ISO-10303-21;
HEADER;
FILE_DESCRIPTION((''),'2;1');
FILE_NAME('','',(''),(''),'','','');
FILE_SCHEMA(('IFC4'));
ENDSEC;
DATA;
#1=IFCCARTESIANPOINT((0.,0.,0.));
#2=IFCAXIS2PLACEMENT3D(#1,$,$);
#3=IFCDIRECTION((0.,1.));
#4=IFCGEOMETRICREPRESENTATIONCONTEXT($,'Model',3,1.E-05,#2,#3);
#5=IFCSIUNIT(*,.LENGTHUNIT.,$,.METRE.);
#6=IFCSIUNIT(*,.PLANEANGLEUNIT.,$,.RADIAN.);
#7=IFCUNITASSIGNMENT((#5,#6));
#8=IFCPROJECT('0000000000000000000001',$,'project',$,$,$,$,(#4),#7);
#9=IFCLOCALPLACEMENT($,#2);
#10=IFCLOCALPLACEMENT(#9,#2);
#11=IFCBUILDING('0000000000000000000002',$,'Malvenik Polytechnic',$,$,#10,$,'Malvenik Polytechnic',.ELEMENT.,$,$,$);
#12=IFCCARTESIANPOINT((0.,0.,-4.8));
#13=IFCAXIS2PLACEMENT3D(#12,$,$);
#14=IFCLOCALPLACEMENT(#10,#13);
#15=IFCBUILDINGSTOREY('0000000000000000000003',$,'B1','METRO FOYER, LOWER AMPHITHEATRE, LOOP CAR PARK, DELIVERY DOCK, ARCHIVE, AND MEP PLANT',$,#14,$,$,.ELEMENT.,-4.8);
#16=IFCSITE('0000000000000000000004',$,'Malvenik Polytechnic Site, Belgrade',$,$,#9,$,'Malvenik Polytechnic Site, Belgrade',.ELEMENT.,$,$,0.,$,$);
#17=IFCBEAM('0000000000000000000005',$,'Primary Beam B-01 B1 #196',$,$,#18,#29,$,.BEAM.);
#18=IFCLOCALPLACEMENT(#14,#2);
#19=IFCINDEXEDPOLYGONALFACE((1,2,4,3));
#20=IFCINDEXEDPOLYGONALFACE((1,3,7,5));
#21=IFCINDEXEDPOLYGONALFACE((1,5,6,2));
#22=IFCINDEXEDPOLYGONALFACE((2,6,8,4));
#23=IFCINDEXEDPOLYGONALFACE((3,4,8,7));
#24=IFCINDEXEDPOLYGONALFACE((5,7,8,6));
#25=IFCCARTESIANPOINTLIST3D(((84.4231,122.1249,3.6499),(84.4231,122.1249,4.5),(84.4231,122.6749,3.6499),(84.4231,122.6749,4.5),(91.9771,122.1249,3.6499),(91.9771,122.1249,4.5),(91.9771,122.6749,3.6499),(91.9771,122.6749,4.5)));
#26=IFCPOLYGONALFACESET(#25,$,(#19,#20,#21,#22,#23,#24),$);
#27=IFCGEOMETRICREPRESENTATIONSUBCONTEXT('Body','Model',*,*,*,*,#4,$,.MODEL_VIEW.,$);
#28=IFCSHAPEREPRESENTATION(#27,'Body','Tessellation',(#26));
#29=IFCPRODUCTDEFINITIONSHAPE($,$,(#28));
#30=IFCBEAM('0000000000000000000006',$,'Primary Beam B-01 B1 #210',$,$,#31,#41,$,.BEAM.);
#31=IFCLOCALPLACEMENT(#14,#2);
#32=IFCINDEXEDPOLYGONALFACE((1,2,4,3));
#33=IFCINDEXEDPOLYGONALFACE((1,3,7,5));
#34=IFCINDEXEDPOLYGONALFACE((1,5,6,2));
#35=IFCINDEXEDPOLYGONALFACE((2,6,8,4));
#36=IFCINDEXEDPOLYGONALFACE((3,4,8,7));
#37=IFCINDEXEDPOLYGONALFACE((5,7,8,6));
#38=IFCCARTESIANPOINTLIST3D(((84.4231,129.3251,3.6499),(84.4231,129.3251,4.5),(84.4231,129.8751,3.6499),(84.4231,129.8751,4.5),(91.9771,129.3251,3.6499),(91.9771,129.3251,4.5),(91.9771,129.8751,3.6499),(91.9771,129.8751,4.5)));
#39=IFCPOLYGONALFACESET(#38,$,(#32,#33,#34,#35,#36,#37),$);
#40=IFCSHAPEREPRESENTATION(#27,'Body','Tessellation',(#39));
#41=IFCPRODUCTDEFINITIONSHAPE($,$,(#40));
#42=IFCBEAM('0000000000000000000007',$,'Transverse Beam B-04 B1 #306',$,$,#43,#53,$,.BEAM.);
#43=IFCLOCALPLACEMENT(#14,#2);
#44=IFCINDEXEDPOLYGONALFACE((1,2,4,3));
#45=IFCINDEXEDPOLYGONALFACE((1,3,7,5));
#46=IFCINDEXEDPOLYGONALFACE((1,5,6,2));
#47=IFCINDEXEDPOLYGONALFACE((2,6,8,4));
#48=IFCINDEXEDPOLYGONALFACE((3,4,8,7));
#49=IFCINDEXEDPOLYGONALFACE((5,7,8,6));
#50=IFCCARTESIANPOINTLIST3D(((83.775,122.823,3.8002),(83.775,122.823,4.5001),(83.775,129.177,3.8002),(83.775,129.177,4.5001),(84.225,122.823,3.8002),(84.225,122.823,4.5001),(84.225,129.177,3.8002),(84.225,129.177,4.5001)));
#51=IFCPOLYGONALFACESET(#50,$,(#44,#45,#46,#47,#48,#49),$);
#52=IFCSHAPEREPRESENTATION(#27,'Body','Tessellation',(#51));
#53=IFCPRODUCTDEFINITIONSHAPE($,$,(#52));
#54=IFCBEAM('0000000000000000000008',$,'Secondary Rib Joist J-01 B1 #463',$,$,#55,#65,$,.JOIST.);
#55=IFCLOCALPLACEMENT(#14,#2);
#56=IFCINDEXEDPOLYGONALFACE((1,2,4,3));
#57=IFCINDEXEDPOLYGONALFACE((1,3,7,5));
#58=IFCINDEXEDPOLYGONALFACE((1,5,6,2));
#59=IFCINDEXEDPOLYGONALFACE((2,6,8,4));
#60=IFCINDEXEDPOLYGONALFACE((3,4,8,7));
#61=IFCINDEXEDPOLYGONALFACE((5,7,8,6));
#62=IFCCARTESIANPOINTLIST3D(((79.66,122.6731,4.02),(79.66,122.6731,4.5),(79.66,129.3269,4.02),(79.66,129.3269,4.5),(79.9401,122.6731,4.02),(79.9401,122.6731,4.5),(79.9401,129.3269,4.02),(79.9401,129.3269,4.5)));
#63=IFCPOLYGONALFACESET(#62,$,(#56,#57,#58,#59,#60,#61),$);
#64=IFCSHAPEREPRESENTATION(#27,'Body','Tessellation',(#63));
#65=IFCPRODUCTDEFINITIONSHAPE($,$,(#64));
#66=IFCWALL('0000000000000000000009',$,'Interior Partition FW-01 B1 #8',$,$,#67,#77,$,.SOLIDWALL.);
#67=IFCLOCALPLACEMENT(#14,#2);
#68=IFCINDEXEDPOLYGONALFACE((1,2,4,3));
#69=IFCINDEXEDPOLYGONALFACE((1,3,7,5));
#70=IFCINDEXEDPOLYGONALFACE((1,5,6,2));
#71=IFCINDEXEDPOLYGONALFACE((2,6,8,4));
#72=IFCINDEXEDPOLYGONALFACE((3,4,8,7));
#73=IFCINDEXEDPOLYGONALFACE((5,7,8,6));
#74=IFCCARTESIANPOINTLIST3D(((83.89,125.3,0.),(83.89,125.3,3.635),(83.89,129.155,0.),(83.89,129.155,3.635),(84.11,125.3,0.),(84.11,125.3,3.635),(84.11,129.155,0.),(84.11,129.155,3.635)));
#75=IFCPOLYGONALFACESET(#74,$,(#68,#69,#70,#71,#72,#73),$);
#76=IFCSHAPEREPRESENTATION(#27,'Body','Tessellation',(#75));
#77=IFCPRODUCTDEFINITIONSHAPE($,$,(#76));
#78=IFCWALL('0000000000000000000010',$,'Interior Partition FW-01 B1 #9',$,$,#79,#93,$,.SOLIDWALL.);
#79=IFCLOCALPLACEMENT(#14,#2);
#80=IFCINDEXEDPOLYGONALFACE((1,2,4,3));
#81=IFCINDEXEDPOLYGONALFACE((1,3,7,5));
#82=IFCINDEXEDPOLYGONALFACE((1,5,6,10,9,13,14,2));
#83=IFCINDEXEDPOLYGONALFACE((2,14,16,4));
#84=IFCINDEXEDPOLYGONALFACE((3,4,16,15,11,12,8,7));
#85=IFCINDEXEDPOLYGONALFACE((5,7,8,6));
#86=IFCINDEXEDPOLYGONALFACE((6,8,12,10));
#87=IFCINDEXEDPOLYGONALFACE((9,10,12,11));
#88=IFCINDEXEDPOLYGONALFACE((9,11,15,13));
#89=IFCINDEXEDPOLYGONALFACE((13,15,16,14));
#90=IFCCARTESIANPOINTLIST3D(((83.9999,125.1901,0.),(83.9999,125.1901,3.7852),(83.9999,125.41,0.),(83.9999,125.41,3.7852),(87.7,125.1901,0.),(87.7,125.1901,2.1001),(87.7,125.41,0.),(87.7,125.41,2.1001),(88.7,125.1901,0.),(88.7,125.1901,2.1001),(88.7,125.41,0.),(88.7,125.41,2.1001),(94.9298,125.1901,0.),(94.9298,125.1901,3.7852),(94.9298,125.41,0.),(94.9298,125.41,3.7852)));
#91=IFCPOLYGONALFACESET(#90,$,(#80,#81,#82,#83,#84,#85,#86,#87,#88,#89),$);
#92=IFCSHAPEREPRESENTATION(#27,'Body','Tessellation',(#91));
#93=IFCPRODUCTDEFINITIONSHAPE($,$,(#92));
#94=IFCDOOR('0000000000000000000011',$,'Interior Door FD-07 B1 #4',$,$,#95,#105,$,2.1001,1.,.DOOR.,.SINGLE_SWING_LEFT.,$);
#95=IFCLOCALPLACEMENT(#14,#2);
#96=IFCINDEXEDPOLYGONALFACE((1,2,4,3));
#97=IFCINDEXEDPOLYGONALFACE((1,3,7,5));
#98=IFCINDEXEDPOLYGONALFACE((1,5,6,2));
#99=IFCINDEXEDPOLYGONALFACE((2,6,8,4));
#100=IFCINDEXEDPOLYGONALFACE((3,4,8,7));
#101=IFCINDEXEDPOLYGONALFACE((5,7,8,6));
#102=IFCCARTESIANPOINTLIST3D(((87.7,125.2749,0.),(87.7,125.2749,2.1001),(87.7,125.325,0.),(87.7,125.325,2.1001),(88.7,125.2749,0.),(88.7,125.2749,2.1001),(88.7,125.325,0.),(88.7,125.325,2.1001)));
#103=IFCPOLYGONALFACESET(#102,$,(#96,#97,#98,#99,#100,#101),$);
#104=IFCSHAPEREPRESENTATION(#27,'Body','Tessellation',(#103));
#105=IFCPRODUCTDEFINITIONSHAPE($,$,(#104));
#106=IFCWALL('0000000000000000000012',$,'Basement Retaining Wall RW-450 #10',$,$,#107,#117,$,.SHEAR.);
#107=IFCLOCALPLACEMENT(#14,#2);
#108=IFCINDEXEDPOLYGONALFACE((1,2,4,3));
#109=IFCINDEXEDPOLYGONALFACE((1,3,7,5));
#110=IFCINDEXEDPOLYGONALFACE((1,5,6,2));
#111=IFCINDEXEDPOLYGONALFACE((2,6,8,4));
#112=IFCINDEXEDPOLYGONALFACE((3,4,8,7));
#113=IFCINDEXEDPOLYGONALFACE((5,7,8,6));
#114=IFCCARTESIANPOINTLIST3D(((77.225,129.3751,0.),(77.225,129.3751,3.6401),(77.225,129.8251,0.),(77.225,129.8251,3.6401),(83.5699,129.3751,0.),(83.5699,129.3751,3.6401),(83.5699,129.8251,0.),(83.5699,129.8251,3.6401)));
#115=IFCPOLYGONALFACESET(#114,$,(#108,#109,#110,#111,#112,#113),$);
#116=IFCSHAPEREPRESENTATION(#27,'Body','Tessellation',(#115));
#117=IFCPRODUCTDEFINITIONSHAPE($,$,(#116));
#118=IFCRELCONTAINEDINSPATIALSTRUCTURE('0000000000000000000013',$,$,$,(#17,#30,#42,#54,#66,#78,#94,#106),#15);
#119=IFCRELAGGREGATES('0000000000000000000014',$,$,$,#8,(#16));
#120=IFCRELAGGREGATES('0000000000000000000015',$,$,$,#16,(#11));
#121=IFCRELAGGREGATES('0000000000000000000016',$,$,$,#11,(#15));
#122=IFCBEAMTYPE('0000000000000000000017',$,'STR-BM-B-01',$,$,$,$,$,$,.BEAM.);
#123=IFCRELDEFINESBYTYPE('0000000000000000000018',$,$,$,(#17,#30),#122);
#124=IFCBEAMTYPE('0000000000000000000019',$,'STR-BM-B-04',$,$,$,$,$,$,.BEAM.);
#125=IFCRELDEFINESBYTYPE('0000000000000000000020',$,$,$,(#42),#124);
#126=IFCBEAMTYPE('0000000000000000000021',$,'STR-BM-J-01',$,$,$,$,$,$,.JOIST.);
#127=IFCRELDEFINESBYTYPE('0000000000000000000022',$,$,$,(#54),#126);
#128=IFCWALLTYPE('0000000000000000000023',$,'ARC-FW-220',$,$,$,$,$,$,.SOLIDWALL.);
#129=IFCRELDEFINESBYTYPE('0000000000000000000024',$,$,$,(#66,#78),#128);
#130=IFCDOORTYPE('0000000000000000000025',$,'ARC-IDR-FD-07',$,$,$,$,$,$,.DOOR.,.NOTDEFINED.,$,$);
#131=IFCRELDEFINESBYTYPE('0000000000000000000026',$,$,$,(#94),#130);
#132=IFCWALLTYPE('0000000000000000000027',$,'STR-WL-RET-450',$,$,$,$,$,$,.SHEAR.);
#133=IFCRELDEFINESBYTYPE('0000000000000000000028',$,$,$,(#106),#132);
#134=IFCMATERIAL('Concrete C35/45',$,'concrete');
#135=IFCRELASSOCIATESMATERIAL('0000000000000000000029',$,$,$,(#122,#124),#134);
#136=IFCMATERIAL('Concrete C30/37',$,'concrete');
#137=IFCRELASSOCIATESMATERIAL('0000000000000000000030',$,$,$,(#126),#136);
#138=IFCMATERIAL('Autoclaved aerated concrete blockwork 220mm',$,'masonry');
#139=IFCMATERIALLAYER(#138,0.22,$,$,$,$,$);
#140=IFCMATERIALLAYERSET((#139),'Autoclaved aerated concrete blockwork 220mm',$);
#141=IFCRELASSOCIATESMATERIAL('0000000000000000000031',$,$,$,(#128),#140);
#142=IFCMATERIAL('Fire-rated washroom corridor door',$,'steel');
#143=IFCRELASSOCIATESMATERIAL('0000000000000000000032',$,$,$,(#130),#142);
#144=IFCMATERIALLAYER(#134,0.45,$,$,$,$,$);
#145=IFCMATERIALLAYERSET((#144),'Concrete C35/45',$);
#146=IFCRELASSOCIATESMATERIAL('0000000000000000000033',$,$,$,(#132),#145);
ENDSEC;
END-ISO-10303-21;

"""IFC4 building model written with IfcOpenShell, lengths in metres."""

from ifc_helpers import new_model, si_unit, direction, frame, frame_2d, origin, origin_2d, place, context, subcontext, project, spatial, rectangle, extrude, material, layer, layer_set, material_profile, profile_set, type_object, element, fill, save


model = new_model("IFC4")

# Units and contexts
model_context = context("Model", 3, precision=1e-05, world=origin(), true_north=direction((0.0, 1.0)))
body_context = subcontext(model_context, "Body", "Model", "MODEL_VIEW")
ifc_project = project(units=[si_unit("LENGTHUNIT", "METRE"), si_unit("PLANEANGLEUNIT", "RADIAN")], contexts=[model_context])

# Site, building, storey
site_placement = place(None, origin())
site = spatial("IfcSite", under=ifc_project, at=site_placement, Name="Malvenik Polytechnic Site, Belgrade", LongName="Malvenik Polytechnic Site, Belgrade", CompositionType="ELEMENT", RefElevation=0.0)
building_placement = place(site_placement, origin())
building = spatial("IfcBuilding", under=site, at=building_placement, Name="Malvenik Polytechnic", LongName="Malvenik Polytechnic", CompositionType="ELEMENT")
storey_placement = place(building_placement, frame((0.0, 0.0, -4.8)))
storey = spatial("IfcBuildingStorey", under=building, at=storey_placement, Name="B1", Description="METRO FOYER, LOWER AMPHITHEATRE, LOOP CAR PARK, DELIVERY DOCK, ARCHIVE, AND MEP PLANT", CompositionType="ELEMENT", Elevation=-4.8)

# Shared definitions
ifc_material_1 = material(Name="Concrete C35/45", Category="concrete")

# Beams
ifc_material_profile_1 = material_profile(ifc_material_1, rectangle(XDim=0.55, YDim=0.8501, at=origin_2d()), Name="RC BM 550x850")
ifc_profile_set_1 = profile_set([ifc_material_profile_1], Name="Concrete C35/45")
beam_type_1 = type_object("IfcBeamType", Name="STR-BM-B-01", PredefinedType="BEAM", material=ifc_profile_set_1)
for number, where, z_axis, x_axis, name in (
    (1, (84.4231, 122.3999, 4.075), (1.0, 0.0, 0.0), (0.0, 1.0, 0.0), "Primary Beam B-01 B1 #196"),
    (2, (84.4231, 129.6001, 4.075), (1.0, 0.0, 0.0), (0.0, 1.0, 0.0), "Primary Beam B-01 B1 #210"),
):
    element("IfcBeam", number, at=place(storey_placement, frame(where, z_axis=z_axis, x_axis=x_axis)), inside=storey, type_object=beam_type_1, Name=name, PredefinedType="BEAM", context=body_context, shape_type="SweptSolid", body=[
        extrude(rectangle(XDim=0.55, YDim=0.8501, at=origin_2d()), origin(), (0.0, 0.0, 1.0), 7.554),
    ])
ifc_material_profile_2 = material_profile(ifc_material_1, rectangle(XDim=0.45, YDim=0.7, at=origin_2d()), Name="RC BM 450x700")
ifc_profile_set_2 = profile_set([ifc_material_profile_2], Name="Concrete C35/45")
beam_type_2 = type_object("IfcBeamType", Name="STR-BM-B-04", PredefinedType="BEAM", material=ifc_profile_set_2)
beam_1_placement = place(storey_placement, frame((84.0, 122.823, 4.1501), z_axis=(0.0, 1.0, 0.0), x_axis=(-1.0, 0.0, 0.0)))
element("IfcBeam", 3, at=beam_1_placement, inside=storey, type_object=beam_type_2, Name="Transverse Beam B-04 B1 #306", PredefinedType="BEAM", context=body_context, shape_type="SweptSolid", body=[
    extrude(rectangle(XDim=0.45, YDim=0.7, at=origin_2d()), origin(), (0.0, 0.0, 1.0), 6.354),
])
ifc_material_2 = material(Name="Concrete C30/37", Category="concrete")
ifc_material_profile_3 = material_profile(ifc_material_2, rectangle(XDim=0.28, YDim=0.48, at=origin_2d()), Name="RC JST 280x480")
ifc_profile_set_3 = profile_set([ifc_material_profile_3], Name="Concrete C30/37")
beam_type_3 = type_object("IfcBeamType", Name="STR-BM-J-01", PredefinedType="JOIST", material=ifc_profile_set_3)
beam_2_placement = place(storey_placement, frame((79.8, 122.6731, 4.26), z_axis=(0.0, 1.0, 0.0), x_axis=(-1.0, 0.0, 0.0)))
element("IfcBeam", 4, at=beam_2_placement, inside=storey, type_object=beam_type_3, Name="Secondary Rib Joist J-01 B1 #463", PredefinedType="JOIST", context=body_context, shape_type="SweptSolid", body=[
    extrude(rectangle(XDim=0.28, YDim=0.48, at=origin_2d()), origin(), (0.0, 0.0, 1.0), 6.6538),
])

# Wall
ifc_material_3 = material(Name="Autoclaved aerated concrete blockwork 220mm", Category="masonry")
ifc_layer_1 = layer(ifc_material_3, 0.22)
ifc_layer_set_1 = layer_set([ifc_layer_1], Name="Autoclaved aerated concrete blockwork 220mm")
wall_type_1 = type_object("IfcWallType", Name="ARC-FW-220", PredefinedType="SOLIDWALL", material=ifc_layer_set_1)
wall_1_placement = place(storey_placement, frame((84.0, 125.3, 0.0), z_axis=(0.0, 0.0, 1.0), x_axis=(0.0, 1.0, 0.0)))
element("IfcWall", 5, at=wall_1_placement, inside=storey, type_object=wall_type_1, Name="Interior Partition FW-01 B1 #8", PredefinedType="SOLIDWALL", context=body_context, shape_type="SweptSolid", body=[
    extrude(rectangle(XDim=3.855, YDim=0.22, at=frame_2d((1.9275, 0.0))), origin(), (0.0, 0.0, 1.0), 3.635),
])

# Wall, opening, door
wall_2_placement = place(storey_placement, frame((84.0, 125.3, 0.0), z_axis=(0.0, 0.0, 1.0), x_axis=(1.0, 0.0, 0.0)))
wall_2 = element("IfcWall", 6, at=wall_2_placement, inside=storey, type_object=wall_type_1, Name="Interior Partition FW-01 B1 #9", PredefinedType="SOLIDWALL", context=body_context, shape_type="SweptSolid", body=[
    extrude(rectangle(XDim=10.9299, YDim=0.22, at=frame_2d((5.4648, 0.0))), origin(), (0.0, 0.0, 1.0), 3.7852),
])
opening_placement = place(wall_2_placement, frame((3.7, 0.0, 0.0)))
opening = element("IfcOpeningElement", 7, at=opening_placement, cuts=wall_2, PredefinedType="OPENING", context=body_context, shape_type="SweptSolid", body=[
    extrude(rectangle(XDim=1.0, YDim=2.1001, at=frame_2d((0.5, 1.05))), frame((0.0, 0.1201, 0.0), z_axis=(0.0, -1.0, 0.0), x_axis=(1.0, 0.0, 0.0)), (0.0, 0.0, 1.0), 0.24),
])
ifc_material_4 = material(Name="Fire-rated washroom corridor door", Category="steel")
door_type = type_object("IfcDoorType", Name="ARC-IDR-FD-07", OperationType="NOTDEFINED", PredefinedType="DOOR", material=ifc_material_4)
door_placement = place(opening_placement, origin())
door = element("IfcDoor", 8, at=door_placement, inside=storey, type_object=door_type, Name="Interior Door FD-07 B1 #4", OperationType="SINGLE_SWING_LEFT", OverallHeight=2.1001, OverallWidth=1.0, PredefinedType="DOOR", context=body_context, shape_type="SweptSolid", body=[
    extrude(rectangle(XDim=1.0, YDim=2.1001, at=frame_2d((0.5, 1.05))), frame((0.0, 0.0249, 0.0), z_axis=(0.0, -1.0, 0.0), x_axis=(1.0, 0.0, 0.0)), (0.0, 0.0, 1.0), 0.05),
])
fill(opening, door)

# Wall
ifc_layer_2 = layer(ifc_material_1, 0.45)
ifc_layer_set_2 = layer_set([ifc_layer_2], Name="Concrete C35/45")
wall_type_2 = type_object("IfcWallType", Name="STR-WL-RET-450", PredefinedType="SHEAR", material=ifc_layer_set_2)
wall_3_placement = place(storey_placement, frame((77.2251, 129.6001, 0.0), z_axis=(0.0, 0.0, 1.0), x_axis=(1.0, 0.0, 0.0)))
element("IfcWall", 9, at=wall_3_placement, inside=storey, type_object=wall_type_2, Name="Basement Retaining Wall RW-450 #10", PredefinedType="SHEAR", context=body_context, shape_type="SweptSolid", body=[
    extrude(rectangle(XDim=6.345, YDim=0.45, at=frame_2d((3.1724, 0.0))), origin(), (0.0, 0.0, 1.0), 3.6401),
])

save(model, "model.ifc")
